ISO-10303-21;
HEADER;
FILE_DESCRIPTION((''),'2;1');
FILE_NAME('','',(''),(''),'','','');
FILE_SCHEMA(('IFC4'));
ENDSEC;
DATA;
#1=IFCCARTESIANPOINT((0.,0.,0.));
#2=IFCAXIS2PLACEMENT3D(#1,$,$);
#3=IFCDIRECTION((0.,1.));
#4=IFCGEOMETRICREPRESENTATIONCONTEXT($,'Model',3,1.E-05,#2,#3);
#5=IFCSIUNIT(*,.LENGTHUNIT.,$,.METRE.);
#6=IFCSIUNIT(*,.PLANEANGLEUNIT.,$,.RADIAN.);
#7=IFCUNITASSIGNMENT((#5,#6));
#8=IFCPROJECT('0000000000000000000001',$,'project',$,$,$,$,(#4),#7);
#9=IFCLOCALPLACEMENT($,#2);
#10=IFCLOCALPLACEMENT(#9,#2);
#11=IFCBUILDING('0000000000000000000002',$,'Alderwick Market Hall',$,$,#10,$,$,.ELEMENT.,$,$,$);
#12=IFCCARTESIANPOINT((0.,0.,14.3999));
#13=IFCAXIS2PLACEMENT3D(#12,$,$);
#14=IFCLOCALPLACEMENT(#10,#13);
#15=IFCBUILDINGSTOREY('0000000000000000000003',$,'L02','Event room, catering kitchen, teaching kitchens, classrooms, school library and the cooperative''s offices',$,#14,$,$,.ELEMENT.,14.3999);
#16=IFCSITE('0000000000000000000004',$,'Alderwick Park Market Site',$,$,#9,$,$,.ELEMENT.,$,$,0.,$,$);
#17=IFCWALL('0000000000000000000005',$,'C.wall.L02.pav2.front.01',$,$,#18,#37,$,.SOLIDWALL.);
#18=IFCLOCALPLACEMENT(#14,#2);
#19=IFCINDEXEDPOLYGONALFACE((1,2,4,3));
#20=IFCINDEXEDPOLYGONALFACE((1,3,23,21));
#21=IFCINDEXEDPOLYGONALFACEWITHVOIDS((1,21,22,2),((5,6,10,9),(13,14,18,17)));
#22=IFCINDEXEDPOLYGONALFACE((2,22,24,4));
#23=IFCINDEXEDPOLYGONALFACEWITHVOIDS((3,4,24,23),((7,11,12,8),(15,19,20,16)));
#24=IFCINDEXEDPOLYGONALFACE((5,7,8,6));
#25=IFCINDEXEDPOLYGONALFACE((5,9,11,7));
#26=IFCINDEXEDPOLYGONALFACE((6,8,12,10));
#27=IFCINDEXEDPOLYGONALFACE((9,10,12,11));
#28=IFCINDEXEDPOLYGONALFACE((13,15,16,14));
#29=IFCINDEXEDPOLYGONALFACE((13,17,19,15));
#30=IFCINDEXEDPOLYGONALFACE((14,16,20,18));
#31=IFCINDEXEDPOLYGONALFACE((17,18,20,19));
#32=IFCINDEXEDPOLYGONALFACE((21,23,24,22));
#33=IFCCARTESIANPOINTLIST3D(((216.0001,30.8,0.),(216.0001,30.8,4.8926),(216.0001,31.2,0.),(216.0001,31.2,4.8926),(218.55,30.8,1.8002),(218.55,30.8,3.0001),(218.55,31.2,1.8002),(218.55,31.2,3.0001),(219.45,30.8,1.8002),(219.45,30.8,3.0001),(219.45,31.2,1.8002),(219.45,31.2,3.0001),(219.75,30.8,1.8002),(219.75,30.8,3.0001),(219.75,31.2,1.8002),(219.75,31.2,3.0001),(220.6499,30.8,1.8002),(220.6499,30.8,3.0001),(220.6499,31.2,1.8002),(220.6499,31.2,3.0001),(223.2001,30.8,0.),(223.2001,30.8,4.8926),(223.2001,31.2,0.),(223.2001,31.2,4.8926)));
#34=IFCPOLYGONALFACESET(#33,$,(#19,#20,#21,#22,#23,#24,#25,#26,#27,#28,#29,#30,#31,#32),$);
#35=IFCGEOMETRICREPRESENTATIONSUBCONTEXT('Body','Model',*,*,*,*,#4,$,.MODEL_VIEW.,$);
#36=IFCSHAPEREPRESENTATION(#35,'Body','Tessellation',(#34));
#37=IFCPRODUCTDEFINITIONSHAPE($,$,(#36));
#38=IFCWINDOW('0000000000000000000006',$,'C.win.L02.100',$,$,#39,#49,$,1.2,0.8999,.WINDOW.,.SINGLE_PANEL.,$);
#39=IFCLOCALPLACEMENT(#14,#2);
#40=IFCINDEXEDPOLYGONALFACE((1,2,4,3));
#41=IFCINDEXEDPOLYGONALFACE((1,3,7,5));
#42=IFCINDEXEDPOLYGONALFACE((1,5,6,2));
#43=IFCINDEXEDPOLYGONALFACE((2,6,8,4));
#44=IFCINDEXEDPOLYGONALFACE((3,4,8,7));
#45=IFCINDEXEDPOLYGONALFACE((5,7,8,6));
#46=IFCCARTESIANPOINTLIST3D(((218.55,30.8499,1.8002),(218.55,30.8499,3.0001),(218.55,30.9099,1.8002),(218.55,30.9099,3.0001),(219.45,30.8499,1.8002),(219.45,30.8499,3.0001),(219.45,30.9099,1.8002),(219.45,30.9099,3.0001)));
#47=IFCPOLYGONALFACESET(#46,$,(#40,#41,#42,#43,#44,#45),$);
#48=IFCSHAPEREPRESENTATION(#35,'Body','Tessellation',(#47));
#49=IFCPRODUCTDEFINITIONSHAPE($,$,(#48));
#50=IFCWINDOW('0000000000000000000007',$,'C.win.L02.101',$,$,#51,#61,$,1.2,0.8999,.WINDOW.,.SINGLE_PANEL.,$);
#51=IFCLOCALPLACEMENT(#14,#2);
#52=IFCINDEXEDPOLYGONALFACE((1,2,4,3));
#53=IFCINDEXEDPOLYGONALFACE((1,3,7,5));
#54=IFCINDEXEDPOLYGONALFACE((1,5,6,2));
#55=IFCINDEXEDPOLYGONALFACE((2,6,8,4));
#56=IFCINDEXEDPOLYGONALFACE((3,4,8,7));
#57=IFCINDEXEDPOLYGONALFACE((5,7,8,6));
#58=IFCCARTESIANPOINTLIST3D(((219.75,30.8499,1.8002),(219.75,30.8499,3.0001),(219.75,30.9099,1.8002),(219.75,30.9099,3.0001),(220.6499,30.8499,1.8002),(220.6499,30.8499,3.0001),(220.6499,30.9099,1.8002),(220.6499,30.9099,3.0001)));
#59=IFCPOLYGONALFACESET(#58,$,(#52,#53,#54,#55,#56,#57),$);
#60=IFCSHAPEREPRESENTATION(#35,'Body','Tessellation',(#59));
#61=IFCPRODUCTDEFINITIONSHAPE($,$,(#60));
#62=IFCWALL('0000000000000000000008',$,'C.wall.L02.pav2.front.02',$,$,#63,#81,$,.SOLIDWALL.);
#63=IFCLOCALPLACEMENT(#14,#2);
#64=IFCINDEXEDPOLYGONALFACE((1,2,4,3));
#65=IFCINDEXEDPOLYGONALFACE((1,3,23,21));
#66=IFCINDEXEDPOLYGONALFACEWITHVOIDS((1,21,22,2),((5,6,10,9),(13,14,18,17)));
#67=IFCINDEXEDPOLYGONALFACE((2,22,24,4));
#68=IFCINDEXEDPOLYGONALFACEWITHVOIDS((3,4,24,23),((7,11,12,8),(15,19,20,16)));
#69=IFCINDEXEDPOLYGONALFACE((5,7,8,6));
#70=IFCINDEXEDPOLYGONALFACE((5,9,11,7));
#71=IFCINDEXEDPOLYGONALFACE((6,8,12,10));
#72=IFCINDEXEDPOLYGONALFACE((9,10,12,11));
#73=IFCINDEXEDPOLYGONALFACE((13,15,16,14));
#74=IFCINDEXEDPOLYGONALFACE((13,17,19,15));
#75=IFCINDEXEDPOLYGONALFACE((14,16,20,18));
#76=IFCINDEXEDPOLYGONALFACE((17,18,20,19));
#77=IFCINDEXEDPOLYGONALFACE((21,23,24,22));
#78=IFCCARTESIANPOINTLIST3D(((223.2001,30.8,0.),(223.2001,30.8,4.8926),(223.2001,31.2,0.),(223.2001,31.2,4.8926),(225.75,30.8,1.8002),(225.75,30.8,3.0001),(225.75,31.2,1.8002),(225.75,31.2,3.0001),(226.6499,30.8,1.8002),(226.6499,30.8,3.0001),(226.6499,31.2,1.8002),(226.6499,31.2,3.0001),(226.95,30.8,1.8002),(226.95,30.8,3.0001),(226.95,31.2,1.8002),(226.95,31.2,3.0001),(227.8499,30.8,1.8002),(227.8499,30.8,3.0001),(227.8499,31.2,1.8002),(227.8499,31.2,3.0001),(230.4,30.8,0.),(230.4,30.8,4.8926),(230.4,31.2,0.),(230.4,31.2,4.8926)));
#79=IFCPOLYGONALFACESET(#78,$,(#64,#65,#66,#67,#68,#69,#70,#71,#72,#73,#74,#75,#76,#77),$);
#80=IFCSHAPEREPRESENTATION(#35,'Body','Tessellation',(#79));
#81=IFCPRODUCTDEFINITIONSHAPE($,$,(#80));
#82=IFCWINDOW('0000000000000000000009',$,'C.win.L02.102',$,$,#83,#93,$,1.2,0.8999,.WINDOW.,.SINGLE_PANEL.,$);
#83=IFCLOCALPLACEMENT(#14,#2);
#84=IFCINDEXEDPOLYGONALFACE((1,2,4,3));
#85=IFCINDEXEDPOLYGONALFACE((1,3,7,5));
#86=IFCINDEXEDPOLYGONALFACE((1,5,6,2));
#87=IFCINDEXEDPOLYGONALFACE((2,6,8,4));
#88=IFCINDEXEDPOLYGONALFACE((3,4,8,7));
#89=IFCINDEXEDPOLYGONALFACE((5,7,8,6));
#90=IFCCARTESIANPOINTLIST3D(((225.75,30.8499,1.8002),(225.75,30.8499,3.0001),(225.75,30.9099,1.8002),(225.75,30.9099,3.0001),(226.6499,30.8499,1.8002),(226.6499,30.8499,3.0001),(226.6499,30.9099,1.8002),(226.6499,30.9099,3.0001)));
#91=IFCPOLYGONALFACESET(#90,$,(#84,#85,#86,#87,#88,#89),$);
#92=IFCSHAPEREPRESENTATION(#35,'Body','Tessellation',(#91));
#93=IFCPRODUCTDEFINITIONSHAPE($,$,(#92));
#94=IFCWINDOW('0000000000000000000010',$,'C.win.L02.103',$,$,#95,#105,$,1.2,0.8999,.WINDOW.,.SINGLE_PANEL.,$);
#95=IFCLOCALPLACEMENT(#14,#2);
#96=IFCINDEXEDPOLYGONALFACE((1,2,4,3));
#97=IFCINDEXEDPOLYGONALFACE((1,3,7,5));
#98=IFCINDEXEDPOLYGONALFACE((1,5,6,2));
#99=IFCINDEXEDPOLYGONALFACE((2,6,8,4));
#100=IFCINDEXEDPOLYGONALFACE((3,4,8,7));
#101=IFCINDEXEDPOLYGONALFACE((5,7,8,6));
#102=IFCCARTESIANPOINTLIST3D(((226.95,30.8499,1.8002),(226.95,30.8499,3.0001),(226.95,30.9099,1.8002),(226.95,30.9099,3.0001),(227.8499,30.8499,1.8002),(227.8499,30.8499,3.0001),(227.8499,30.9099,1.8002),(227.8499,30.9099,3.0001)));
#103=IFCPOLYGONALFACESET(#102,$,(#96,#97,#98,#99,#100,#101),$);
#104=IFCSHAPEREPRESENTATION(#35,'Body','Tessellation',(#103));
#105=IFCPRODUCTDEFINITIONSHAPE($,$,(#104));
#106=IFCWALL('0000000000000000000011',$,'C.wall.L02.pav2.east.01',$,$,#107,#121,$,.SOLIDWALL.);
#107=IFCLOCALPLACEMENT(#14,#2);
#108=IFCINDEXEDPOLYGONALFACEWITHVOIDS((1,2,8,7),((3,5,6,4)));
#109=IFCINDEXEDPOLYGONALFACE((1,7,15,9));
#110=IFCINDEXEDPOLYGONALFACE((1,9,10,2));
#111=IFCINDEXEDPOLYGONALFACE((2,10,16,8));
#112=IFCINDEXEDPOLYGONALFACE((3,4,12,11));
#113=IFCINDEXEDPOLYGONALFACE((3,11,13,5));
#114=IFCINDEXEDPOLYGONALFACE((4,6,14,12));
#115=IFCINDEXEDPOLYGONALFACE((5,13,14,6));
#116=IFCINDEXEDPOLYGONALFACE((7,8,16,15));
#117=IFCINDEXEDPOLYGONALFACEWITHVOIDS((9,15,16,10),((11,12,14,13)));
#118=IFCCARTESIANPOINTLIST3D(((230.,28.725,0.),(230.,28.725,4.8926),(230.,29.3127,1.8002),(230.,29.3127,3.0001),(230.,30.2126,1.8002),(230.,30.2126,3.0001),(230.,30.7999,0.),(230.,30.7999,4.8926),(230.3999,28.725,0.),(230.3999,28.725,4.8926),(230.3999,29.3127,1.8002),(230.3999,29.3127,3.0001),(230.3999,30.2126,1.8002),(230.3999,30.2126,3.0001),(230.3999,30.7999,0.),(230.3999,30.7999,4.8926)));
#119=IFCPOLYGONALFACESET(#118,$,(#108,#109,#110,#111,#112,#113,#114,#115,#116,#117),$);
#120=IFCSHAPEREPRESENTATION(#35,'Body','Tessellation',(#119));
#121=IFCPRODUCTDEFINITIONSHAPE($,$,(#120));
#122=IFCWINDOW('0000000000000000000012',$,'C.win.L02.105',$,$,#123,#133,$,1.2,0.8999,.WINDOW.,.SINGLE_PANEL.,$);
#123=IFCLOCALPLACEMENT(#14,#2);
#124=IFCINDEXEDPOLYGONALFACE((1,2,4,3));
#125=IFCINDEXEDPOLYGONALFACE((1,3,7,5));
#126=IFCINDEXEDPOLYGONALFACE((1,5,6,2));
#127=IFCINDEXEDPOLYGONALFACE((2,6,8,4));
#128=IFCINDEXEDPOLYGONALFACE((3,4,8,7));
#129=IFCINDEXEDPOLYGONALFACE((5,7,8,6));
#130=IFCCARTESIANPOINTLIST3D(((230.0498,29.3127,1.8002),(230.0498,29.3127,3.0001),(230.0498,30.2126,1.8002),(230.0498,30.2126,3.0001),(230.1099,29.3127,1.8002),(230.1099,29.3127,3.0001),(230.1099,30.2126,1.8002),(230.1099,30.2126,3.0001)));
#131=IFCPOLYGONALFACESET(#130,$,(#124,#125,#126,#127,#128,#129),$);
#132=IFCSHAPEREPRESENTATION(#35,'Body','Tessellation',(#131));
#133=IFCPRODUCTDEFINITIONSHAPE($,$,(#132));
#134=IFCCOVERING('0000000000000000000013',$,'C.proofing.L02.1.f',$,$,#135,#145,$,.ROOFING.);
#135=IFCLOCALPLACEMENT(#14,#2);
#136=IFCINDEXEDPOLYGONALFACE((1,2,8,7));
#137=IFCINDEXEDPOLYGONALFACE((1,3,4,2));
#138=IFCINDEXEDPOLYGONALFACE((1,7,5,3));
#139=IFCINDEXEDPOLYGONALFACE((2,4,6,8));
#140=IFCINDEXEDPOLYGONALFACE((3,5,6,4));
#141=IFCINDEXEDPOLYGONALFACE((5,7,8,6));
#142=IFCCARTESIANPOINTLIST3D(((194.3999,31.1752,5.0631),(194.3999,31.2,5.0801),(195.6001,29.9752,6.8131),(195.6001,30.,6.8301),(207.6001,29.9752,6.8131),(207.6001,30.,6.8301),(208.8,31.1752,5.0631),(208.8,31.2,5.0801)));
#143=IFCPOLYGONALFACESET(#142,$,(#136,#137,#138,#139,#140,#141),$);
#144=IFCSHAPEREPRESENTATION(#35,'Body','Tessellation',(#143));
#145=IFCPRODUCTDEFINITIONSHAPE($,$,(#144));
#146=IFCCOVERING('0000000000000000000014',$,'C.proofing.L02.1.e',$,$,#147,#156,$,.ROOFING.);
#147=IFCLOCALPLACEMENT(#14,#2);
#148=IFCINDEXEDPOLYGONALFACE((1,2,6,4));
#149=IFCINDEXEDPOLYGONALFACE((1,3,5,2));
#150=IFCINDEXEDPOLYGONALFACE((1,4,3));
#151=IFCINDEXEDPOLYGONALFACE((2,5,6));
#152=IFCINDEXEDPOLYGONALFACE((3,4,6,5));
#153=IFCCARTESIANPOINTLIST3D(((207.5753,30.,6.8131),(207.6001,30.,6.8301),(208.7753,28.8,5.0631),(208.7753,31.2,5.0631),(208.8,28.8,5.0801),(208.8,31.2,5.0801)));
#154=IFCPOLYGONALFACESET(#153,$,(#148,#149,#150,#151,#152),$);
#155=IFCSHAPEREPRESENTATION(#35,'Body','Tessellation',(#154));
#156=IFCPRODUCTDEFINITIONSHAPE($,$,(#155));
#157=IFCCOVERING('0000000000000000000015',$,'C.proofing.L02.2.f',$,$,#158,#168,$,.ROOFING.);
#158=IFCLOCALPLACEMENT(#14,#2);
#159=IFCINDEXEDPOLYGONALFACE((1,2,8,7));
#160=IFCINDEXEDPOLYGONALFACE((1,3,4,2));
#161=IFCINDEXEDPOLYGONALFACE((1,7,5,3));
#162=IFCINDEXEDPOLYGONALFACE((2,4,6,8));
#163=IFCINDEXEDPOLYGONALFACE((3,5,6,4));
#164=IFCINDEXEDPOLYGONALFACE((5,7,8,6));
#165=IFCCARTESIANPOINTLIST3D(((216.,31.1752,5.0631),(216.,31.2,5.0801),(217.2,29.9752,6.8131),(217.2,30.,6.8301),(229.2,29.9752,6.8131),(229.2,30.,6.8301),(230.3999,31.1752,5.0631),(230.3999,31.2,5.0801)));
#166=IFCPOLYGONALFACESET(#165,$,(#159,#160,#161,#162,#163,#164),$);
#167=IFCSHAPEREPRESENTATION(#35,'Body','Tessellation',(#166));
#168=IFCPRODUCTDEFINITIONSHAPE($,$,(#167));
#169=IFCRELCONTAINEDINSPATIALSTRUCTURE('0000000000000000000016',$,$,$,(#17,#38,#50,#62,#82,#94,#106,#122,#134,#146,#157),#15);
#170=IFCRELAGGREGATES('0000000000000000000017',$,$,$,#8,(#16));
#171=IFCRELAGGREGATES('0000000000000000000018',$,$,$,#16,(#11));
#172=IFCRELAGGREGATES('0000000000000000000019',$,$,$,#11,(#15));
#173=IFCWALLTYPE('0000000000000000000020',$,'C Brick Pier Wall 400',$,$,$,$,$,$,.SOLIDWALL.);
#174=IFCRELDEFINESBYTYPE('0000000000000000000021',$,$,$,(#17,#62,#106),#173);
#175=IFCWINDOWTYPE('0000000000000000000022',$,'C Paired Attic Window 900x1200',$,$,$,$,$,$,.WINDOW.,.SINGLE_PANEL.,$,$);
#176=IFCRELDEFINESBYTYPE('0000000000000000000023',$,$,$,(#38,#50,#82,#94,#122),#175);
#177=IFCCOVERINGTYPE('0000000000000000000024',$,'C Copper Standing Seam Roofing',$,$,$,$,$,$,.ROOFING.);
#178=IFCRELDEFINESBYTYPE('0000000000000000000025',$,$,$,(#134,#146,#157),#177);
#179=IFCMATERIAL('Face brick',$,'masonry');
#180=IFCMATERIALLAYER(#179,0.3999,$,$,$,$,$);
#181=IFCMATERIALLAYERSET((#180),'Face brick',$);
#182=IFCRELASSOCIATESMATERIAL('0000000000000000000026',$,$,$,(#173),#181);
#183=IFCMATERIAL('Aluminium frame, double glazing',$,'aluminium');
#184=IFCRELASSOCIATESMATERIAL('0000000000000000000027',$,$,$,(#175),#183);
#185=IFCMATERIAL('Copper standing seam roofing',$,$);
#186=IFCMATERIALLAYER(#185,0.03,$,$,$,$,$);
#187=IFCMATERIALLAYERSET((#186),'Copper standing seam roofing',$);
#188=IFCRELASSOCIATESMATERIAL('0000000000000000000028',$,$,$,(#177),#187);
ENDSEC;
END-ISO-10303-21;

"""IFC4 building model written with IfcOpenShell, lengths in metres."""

from ifc_helpers import new_model, si_unit, direction, frame, frame_2d, origin, place, context, subcontext, project, spatial, polyline, rectangle, outline, extrude, material, layer, layer_set, type_object, element, fill, save


model = new_model("IFC4")

# Units and contexts
model_context = context("Model", 3, precision=1e-05, world=origin(), true_north=direction((0.0, 1.0)))
body_context = subcontext(model_context, "Body", "Model", "MODEL_VIEW")
ifc_project = project(units=[si_unit("LENGTHUNIT", "METRE"), si_unit("PLANEANGLEUNIT", "RADIAN")], contexts=[model_context])

# Site, building, storey
site_placement = place(None, origin())
site = spatial("IfcSite", under=ifc_project, at=site_placement, Name="Alderwick Park Market Site", CompositionType="ELEMENT", RefElevation=0.0)
building_placement = place(site_placement, origin())
building = spatial("IfcBuilding", under=site, at=building_placement, Name="Alderwick Market Hall", CompositionType="ELEMENT")
storey_placement = place(building_placement, frame((0.0, 0.0, 14.3999)))
storey = spatial("IfcBuildingStorey", under=building, at=storey_placement, Name="L02", Description="Event room, catering kitchen, teaching kitchens, classrooms, school library and the cooperative's offices", CompositionType="ELEMENT", Elevation=14.3999)

# Shared definitions
ifc_material_1 = material(Name="Face brick", Category="masonry")
ifc_layer_1 = layer(ifc_material_1, 0.3999)
ifc_layer_set_1 = layer_set([ifc_layer_1], Name="Face brick")
wall_type = type_object("IfcWallType", Name="C Brick Pier Wall 400", PredefinedType="SOLIDWALL", material=ifc_layer_set_1)
ifc_material_2 = material(Name="Aluminium frame, double glazing", Category="aluminium")
window_type = type_object("IfcWindowType", Name="C Paired Attic Window 900x1200", PartitioningType="SINGLE_PANEL", PredefinedType="WINDOW", material=ifc_material_2)

# Walls, openings, windows
wall_1_placement = place(storey_placement, frame((216.0, 31.0, 0.0), z_axis=(0.0, 0.0, 1.0), x_axis=(1.0, 0.0, 0.0)))
wall_1 = element("IfcWall", 1, at=wall_1_placement, inside=storey, type_object=wall_type, Name="C.wall.L02.pav2.front.01", PredefinedType="SOLIDWALL", context=body_context, shape_type="SweptSolid", body=[
    extrude(rectangle(XDim=7.2, YDim=0.3999, at=frame_2d((3.6001, 0.0))), origin(), (0.0, 0.0, 1.0), 4.8926),
])
opening_1_placement = place(wall_1_placement, frame((2.55, 0.0, 1.8)))
opening_1 = element("IfcOpeningElement", 2, at=opening_1_placement, cuts=wall_1, PredefinedType="OPENING", context=body_context, shape_type="SweptSolid", body=[
    extrude(rectangle(XDim=0.8999, YDim=1.2, at=frame_2d((0.45, 0.6001))), frame((0.0, 0.21, 0.0), z_axis=(0.0, -1.0, 0.0), x_axis=(1.0, 0.0, 0.0)), (0.0, 0.0, 1.0), 0.4199),
])
opening_2_placement = place(wall_1_placement, frame((3.75, 0.0, 1.8)))
opening_2 = element("IfcOpeningElement", 3, at=opening_2_placement, cuts=wall_1, PredefinedType="OPENING", context=body_context, shape_type="SweptSolid", body=[
    extrude(rectangle(XDim=0.8999, YDim=1.2, at=frame_2d((0.45, 0.6001))), frame((0.0, 0.21, 0.0), z_axis=(0.0, -1.0, 0.0), x_axis=(1.0, 0.0, 0.0)), (0.0, 0.0, 1.0), 0.4199),
])
window_1_placement = place(opening_1_placement, origin())
window_1 = element("IfcWindow", 4, at=window_1_placement, inside=storey, type_object=window_type, Name="C.win.L02.100", OverallHeight=1.2, OverallWidth=0.8999, PartitioningType="SINGLE_PANEL", PredefinedType="WINDOW", context=body_context, shape_type="SweptSolid", body=[
    extrude(rectangle(XDim=0.8999, YDim=1.2, at=frame_2d((0.45, 0.6001))), frame((0.0, -0.0901, 0.0), z_axis=(0.0, -1.0, 0.0), x_axis=(1.0, 0.0, 0.0)), (0.0, 0.0, 1.0), 0.0601),
])
fill(opening_1, window_1)
window_2_placement = place(opening_2_placement, origin())
window_2 = element("IfcWindow", 5, at=window_2_placement, inside=storey, type_object=window_type, Name="C.win.L02.101", OverallHeight=1.2, OverallWidth=0.8999, PartitioningType="SINGLE_PANEL", PredefinedType="WINDOW", context=body_context, shape_type="SweptSolid", body=[
    extrude(rectangle(XDim=0.8999, YDim=1.2, at=frame_2d((0.45, 0.6001))), frame((0.0, -0.0901, 0.0), z_axis=(0.0, -1.0, 0.0), x_axis=(1.0, 0.0, 0.0)), (0.0, 0.0, 1.0), 0.0601),
])
fill(opening_2, window_2)
wall_2_placement = place(storey_placement, frame((223.2, 31.0, 0.0), z_axis=(0.0, 0.0, 1.0), x_axis=(1.0, 0.0, 0.0)))
wall_2 = element("IfcWall", 6, at=wall_2_placement, inside=storey, type_object=wall_type, Name="C.wall.L02.pav2.front.02", PredefinedType="SOLIDWALL", context=body_context, shape_type="SweptSolid", body=[
    extrude(rectangle(XDim=7.2, YDim=0.3999, at=frame_2d((3.6001, 0.0))), origin(), (0.0, 0.0, 1.0), 4.8926),
])
opening_3_placement = place(wall_2_placement, frame((2.55, 0.0, 1.8)))
opening_3 = element("IfcOpeningElement", 7, at=opening_3_placement, cuts=wall_2, PredefinedType="OPENING", context=body_context, shape_type="SweptSolid", body=[
    extrude(rectangle(XDim=0.8999, YDim=1.2, at=frame_2d((0.45, 0.6001))), frame((0.0, 0.21, 0.0), z_axis=(0.0, -1.0, 0.0), x_axis=(1.0, 0.0, 0.0)), (0.0, 0.0, 1.0), 0.4199),
])
opening_4_placement = place(wall_2_placement, frame((3.75, 0.0, 1.8)))
opening_4 = element("IfcOpeningElement", 8, at=opening_4_placement, cuts=wall_2, PredefinedType="OPENING", context=body_context, shape_type="SweptSolid", body=[
    extrude(rectangle(XDim=0.8999, YDim=1.2, at=frame_2d((0.45, 0.6001))), frame((0.0, 0.21, 0.0), z_axis=(0.0, -1.0, 0.0), x_axis=(1.0, 0.0, 0.0)), (0.0, 0.0, 1.0), 0.4199),
])
window_3_placement = place(opening_3_placement, origin())
window_3 = element("IfcWindow", 9, at=window_3_placement, inside=storey, type_object=window_type, Name="C.win.L02.102", OverallHeight=1.2, OverallWidth=0.8999, PartitioningType="SINGLE_PANEL", PredefinedType="WINDOW", context=body_context, shape_type="SweptSolid", body=[
    extrude(rectangle(XDim=0.8999, YDim=1.2, at=frame_2d((0.45, 0.6001))), frame((0.0, -0.0901, 0.0), z_axis=(0.0, -1.0, 0.0), x_axis=(1.0, 0.0, 0.0)), (0.0, 0.0, 1.0), 0.0601),
])
fill(opening_3, window_3)
window_4_placement = place(opening_4_placement, origin())
window_4 = element("IfcWindow", 10, at=window_4_placement, inside=storey, type_object=window_type, Name="C.win.L02.103", OverallHeight=1.2, OverallWidth=0.8999, PartitioningType="SINGLE_PANEL", PredefinedType="WINDOW", context=body_context, shape_type="SweptSolid", body=[
    extrude(rectangle(XDim=0.8999, YDim=1.2, at=frame_2d((0.45, 0.6001))), frame((0.0, -0.0901, 0.0), z_axis=(0.0, -1.0, 0.0), x_axis=(1.0, 0.0, 0.0)), (0.0, 0.0, 1.0), 0.0601),
])
fill(opening_4, window_4)

# Wall, opening, window
wall_3_placement = place(storey_placement, frame((230.2, 30.8, 0.0), z_axis=(0.0, 0.0, 1.0), x_axis=(0.0, -1.0, 0.0)))
wall_3 = element("IfcWall", 11, at=wall_3_placement, inside=storey, type_object=wall_type, Name="C.wall.L02.pav2.east.01", PredefinedType="SOLIDWALL", context=body_context, shape_type="SweptSolid", body=[
    extrude(rectangle(XDim=2.075, YDim=0.3999, at=frame_2d((1.0376, 0.0))), origin(), (0.0, 0.0, 1.0), 4.8926),
])
opening_5_placement = place(wall_3_placement, frame((0.5874, 0.0, 1.8)))
opening_5 = element("IfcOpeningElement", 12, at=opening_5_placement, cuts=wall_3, PredefinedType="OPENING", context=body_context, shape_type="SweptSolid", body=[
    extrude(rectangle(XDim=0.8999, YDim=1.2, at=frame_2d((0.45, 0.6001))), frame((0.0, 0.21, 0.0), z_axis=(0.0, -1.0, 0.0), x_axis=(1.0, 0.0, 0.0)), (0.0, 0.0, 1.0), 0.4199),
])
window_5_placement = place(opening_5_placement, origin())
window_5 = element("IfcWindow", 13, at=window_5_placement, inside=storey, type_object=window_type, Name="C.win.L02.105", OverallHeight=1.2, OverallWidth=0.8999, PartitioningType="SINGLE_PANEL", PredefinedType="WINDOW", context=body_context, shape_type="SweptSolid", body=[
    extrude(rectangle(XDim=0.8999, YDim=1.2, at=frame_2d((0.45, 0.6001))), frame((0.0, -0.0901, 0.0), z_axis=(0.0, -1.0, 0.0), x_axis=(1.0, 0.0, 0.0)), (0.0, 0.0, 1.0), 0.0601),
])
fill(opening_5, window_5)

# Coverings
ifc_material_3 = material(Name="Copper standing seam roofing")
ifc_layer_2 = layer(ifc_material_3, 0.03)
ifc_layer_set_2 = layer_set([ifc_layer_2], Name="Copper standing seam roofing")
covering_type = type_object("IfcCoveringType", Name="C Copper Standing Seam Roofing", PredefinedType="ROOFING", material=ifc_layer_set_2)
covering_1_placement = place(storey_placement, frame((194.3999, 31.2, 5.0801), z_axis=(0.0, 0.82474, 0.565513), x_axis=(1.0, 0.0, 0.0)))
element("IfcCovering", 14, at=covering_1_placement, inside=storey, type_object=covering_type, Name="C.proofing.L02.1.f", PredefinedType="ROOFING", context=body_context, shape_type="SweptSolid", body=[
    extrude(outline(polyline([(0.0, 0.0), (14.4001, 0.0), (13.2002, -2.1219), (1.2002, -2.1219), (0.0, 0.0)])), origin(), (0.0, 0.0, -1.0), 0.03),
])
covering_2_placement = place(storey_placement, frame((208.8, 31.2, 5.0801), z_axis=(0.82474, 0.0, 0.565513), x_axis=(0.0, -1.0, 0.0)))
element("IfcCovering", 15, at=covering_2_placement, inside=storey, type_object=covering_type, Name="C.proofing.L02.1.e", PredefinedType="ROOFING", context=body_context, shape_type="SweptSolid", body=[
    extrude(outline(polyline([(0.0, 0.0), (2.3999, 0.0), (1.2, -2.1219), (0.0, 0.0)])), origin(), (0.0, 0.0, -1.0), 0.03),
])
covering_3_placement = place(storey_placement, frame((216.0, 31.2, 5.0801), z_axis=(0.0, 0.82474, 0.565513), x_axis=(1.0, 0.0, 0.0)))
element("IfcCovering", 16, at=covering_3_placement, inside=storey, type_object=covering_type, Name="C.proofing.L02.2.f", PredefinedType="ROOFING", context=body_context, shape_type="SweptSolid", body=[
    extrude(outline(polyline([(0.0, 0.0), (14.3999, 0.0), (13.2, -2.1219), (1.2, -2.1219), (0.0, 0.0)])), origin(), (0.0, 0.0, -1.0), 0.03),
])

save(model, "model.ifc")
